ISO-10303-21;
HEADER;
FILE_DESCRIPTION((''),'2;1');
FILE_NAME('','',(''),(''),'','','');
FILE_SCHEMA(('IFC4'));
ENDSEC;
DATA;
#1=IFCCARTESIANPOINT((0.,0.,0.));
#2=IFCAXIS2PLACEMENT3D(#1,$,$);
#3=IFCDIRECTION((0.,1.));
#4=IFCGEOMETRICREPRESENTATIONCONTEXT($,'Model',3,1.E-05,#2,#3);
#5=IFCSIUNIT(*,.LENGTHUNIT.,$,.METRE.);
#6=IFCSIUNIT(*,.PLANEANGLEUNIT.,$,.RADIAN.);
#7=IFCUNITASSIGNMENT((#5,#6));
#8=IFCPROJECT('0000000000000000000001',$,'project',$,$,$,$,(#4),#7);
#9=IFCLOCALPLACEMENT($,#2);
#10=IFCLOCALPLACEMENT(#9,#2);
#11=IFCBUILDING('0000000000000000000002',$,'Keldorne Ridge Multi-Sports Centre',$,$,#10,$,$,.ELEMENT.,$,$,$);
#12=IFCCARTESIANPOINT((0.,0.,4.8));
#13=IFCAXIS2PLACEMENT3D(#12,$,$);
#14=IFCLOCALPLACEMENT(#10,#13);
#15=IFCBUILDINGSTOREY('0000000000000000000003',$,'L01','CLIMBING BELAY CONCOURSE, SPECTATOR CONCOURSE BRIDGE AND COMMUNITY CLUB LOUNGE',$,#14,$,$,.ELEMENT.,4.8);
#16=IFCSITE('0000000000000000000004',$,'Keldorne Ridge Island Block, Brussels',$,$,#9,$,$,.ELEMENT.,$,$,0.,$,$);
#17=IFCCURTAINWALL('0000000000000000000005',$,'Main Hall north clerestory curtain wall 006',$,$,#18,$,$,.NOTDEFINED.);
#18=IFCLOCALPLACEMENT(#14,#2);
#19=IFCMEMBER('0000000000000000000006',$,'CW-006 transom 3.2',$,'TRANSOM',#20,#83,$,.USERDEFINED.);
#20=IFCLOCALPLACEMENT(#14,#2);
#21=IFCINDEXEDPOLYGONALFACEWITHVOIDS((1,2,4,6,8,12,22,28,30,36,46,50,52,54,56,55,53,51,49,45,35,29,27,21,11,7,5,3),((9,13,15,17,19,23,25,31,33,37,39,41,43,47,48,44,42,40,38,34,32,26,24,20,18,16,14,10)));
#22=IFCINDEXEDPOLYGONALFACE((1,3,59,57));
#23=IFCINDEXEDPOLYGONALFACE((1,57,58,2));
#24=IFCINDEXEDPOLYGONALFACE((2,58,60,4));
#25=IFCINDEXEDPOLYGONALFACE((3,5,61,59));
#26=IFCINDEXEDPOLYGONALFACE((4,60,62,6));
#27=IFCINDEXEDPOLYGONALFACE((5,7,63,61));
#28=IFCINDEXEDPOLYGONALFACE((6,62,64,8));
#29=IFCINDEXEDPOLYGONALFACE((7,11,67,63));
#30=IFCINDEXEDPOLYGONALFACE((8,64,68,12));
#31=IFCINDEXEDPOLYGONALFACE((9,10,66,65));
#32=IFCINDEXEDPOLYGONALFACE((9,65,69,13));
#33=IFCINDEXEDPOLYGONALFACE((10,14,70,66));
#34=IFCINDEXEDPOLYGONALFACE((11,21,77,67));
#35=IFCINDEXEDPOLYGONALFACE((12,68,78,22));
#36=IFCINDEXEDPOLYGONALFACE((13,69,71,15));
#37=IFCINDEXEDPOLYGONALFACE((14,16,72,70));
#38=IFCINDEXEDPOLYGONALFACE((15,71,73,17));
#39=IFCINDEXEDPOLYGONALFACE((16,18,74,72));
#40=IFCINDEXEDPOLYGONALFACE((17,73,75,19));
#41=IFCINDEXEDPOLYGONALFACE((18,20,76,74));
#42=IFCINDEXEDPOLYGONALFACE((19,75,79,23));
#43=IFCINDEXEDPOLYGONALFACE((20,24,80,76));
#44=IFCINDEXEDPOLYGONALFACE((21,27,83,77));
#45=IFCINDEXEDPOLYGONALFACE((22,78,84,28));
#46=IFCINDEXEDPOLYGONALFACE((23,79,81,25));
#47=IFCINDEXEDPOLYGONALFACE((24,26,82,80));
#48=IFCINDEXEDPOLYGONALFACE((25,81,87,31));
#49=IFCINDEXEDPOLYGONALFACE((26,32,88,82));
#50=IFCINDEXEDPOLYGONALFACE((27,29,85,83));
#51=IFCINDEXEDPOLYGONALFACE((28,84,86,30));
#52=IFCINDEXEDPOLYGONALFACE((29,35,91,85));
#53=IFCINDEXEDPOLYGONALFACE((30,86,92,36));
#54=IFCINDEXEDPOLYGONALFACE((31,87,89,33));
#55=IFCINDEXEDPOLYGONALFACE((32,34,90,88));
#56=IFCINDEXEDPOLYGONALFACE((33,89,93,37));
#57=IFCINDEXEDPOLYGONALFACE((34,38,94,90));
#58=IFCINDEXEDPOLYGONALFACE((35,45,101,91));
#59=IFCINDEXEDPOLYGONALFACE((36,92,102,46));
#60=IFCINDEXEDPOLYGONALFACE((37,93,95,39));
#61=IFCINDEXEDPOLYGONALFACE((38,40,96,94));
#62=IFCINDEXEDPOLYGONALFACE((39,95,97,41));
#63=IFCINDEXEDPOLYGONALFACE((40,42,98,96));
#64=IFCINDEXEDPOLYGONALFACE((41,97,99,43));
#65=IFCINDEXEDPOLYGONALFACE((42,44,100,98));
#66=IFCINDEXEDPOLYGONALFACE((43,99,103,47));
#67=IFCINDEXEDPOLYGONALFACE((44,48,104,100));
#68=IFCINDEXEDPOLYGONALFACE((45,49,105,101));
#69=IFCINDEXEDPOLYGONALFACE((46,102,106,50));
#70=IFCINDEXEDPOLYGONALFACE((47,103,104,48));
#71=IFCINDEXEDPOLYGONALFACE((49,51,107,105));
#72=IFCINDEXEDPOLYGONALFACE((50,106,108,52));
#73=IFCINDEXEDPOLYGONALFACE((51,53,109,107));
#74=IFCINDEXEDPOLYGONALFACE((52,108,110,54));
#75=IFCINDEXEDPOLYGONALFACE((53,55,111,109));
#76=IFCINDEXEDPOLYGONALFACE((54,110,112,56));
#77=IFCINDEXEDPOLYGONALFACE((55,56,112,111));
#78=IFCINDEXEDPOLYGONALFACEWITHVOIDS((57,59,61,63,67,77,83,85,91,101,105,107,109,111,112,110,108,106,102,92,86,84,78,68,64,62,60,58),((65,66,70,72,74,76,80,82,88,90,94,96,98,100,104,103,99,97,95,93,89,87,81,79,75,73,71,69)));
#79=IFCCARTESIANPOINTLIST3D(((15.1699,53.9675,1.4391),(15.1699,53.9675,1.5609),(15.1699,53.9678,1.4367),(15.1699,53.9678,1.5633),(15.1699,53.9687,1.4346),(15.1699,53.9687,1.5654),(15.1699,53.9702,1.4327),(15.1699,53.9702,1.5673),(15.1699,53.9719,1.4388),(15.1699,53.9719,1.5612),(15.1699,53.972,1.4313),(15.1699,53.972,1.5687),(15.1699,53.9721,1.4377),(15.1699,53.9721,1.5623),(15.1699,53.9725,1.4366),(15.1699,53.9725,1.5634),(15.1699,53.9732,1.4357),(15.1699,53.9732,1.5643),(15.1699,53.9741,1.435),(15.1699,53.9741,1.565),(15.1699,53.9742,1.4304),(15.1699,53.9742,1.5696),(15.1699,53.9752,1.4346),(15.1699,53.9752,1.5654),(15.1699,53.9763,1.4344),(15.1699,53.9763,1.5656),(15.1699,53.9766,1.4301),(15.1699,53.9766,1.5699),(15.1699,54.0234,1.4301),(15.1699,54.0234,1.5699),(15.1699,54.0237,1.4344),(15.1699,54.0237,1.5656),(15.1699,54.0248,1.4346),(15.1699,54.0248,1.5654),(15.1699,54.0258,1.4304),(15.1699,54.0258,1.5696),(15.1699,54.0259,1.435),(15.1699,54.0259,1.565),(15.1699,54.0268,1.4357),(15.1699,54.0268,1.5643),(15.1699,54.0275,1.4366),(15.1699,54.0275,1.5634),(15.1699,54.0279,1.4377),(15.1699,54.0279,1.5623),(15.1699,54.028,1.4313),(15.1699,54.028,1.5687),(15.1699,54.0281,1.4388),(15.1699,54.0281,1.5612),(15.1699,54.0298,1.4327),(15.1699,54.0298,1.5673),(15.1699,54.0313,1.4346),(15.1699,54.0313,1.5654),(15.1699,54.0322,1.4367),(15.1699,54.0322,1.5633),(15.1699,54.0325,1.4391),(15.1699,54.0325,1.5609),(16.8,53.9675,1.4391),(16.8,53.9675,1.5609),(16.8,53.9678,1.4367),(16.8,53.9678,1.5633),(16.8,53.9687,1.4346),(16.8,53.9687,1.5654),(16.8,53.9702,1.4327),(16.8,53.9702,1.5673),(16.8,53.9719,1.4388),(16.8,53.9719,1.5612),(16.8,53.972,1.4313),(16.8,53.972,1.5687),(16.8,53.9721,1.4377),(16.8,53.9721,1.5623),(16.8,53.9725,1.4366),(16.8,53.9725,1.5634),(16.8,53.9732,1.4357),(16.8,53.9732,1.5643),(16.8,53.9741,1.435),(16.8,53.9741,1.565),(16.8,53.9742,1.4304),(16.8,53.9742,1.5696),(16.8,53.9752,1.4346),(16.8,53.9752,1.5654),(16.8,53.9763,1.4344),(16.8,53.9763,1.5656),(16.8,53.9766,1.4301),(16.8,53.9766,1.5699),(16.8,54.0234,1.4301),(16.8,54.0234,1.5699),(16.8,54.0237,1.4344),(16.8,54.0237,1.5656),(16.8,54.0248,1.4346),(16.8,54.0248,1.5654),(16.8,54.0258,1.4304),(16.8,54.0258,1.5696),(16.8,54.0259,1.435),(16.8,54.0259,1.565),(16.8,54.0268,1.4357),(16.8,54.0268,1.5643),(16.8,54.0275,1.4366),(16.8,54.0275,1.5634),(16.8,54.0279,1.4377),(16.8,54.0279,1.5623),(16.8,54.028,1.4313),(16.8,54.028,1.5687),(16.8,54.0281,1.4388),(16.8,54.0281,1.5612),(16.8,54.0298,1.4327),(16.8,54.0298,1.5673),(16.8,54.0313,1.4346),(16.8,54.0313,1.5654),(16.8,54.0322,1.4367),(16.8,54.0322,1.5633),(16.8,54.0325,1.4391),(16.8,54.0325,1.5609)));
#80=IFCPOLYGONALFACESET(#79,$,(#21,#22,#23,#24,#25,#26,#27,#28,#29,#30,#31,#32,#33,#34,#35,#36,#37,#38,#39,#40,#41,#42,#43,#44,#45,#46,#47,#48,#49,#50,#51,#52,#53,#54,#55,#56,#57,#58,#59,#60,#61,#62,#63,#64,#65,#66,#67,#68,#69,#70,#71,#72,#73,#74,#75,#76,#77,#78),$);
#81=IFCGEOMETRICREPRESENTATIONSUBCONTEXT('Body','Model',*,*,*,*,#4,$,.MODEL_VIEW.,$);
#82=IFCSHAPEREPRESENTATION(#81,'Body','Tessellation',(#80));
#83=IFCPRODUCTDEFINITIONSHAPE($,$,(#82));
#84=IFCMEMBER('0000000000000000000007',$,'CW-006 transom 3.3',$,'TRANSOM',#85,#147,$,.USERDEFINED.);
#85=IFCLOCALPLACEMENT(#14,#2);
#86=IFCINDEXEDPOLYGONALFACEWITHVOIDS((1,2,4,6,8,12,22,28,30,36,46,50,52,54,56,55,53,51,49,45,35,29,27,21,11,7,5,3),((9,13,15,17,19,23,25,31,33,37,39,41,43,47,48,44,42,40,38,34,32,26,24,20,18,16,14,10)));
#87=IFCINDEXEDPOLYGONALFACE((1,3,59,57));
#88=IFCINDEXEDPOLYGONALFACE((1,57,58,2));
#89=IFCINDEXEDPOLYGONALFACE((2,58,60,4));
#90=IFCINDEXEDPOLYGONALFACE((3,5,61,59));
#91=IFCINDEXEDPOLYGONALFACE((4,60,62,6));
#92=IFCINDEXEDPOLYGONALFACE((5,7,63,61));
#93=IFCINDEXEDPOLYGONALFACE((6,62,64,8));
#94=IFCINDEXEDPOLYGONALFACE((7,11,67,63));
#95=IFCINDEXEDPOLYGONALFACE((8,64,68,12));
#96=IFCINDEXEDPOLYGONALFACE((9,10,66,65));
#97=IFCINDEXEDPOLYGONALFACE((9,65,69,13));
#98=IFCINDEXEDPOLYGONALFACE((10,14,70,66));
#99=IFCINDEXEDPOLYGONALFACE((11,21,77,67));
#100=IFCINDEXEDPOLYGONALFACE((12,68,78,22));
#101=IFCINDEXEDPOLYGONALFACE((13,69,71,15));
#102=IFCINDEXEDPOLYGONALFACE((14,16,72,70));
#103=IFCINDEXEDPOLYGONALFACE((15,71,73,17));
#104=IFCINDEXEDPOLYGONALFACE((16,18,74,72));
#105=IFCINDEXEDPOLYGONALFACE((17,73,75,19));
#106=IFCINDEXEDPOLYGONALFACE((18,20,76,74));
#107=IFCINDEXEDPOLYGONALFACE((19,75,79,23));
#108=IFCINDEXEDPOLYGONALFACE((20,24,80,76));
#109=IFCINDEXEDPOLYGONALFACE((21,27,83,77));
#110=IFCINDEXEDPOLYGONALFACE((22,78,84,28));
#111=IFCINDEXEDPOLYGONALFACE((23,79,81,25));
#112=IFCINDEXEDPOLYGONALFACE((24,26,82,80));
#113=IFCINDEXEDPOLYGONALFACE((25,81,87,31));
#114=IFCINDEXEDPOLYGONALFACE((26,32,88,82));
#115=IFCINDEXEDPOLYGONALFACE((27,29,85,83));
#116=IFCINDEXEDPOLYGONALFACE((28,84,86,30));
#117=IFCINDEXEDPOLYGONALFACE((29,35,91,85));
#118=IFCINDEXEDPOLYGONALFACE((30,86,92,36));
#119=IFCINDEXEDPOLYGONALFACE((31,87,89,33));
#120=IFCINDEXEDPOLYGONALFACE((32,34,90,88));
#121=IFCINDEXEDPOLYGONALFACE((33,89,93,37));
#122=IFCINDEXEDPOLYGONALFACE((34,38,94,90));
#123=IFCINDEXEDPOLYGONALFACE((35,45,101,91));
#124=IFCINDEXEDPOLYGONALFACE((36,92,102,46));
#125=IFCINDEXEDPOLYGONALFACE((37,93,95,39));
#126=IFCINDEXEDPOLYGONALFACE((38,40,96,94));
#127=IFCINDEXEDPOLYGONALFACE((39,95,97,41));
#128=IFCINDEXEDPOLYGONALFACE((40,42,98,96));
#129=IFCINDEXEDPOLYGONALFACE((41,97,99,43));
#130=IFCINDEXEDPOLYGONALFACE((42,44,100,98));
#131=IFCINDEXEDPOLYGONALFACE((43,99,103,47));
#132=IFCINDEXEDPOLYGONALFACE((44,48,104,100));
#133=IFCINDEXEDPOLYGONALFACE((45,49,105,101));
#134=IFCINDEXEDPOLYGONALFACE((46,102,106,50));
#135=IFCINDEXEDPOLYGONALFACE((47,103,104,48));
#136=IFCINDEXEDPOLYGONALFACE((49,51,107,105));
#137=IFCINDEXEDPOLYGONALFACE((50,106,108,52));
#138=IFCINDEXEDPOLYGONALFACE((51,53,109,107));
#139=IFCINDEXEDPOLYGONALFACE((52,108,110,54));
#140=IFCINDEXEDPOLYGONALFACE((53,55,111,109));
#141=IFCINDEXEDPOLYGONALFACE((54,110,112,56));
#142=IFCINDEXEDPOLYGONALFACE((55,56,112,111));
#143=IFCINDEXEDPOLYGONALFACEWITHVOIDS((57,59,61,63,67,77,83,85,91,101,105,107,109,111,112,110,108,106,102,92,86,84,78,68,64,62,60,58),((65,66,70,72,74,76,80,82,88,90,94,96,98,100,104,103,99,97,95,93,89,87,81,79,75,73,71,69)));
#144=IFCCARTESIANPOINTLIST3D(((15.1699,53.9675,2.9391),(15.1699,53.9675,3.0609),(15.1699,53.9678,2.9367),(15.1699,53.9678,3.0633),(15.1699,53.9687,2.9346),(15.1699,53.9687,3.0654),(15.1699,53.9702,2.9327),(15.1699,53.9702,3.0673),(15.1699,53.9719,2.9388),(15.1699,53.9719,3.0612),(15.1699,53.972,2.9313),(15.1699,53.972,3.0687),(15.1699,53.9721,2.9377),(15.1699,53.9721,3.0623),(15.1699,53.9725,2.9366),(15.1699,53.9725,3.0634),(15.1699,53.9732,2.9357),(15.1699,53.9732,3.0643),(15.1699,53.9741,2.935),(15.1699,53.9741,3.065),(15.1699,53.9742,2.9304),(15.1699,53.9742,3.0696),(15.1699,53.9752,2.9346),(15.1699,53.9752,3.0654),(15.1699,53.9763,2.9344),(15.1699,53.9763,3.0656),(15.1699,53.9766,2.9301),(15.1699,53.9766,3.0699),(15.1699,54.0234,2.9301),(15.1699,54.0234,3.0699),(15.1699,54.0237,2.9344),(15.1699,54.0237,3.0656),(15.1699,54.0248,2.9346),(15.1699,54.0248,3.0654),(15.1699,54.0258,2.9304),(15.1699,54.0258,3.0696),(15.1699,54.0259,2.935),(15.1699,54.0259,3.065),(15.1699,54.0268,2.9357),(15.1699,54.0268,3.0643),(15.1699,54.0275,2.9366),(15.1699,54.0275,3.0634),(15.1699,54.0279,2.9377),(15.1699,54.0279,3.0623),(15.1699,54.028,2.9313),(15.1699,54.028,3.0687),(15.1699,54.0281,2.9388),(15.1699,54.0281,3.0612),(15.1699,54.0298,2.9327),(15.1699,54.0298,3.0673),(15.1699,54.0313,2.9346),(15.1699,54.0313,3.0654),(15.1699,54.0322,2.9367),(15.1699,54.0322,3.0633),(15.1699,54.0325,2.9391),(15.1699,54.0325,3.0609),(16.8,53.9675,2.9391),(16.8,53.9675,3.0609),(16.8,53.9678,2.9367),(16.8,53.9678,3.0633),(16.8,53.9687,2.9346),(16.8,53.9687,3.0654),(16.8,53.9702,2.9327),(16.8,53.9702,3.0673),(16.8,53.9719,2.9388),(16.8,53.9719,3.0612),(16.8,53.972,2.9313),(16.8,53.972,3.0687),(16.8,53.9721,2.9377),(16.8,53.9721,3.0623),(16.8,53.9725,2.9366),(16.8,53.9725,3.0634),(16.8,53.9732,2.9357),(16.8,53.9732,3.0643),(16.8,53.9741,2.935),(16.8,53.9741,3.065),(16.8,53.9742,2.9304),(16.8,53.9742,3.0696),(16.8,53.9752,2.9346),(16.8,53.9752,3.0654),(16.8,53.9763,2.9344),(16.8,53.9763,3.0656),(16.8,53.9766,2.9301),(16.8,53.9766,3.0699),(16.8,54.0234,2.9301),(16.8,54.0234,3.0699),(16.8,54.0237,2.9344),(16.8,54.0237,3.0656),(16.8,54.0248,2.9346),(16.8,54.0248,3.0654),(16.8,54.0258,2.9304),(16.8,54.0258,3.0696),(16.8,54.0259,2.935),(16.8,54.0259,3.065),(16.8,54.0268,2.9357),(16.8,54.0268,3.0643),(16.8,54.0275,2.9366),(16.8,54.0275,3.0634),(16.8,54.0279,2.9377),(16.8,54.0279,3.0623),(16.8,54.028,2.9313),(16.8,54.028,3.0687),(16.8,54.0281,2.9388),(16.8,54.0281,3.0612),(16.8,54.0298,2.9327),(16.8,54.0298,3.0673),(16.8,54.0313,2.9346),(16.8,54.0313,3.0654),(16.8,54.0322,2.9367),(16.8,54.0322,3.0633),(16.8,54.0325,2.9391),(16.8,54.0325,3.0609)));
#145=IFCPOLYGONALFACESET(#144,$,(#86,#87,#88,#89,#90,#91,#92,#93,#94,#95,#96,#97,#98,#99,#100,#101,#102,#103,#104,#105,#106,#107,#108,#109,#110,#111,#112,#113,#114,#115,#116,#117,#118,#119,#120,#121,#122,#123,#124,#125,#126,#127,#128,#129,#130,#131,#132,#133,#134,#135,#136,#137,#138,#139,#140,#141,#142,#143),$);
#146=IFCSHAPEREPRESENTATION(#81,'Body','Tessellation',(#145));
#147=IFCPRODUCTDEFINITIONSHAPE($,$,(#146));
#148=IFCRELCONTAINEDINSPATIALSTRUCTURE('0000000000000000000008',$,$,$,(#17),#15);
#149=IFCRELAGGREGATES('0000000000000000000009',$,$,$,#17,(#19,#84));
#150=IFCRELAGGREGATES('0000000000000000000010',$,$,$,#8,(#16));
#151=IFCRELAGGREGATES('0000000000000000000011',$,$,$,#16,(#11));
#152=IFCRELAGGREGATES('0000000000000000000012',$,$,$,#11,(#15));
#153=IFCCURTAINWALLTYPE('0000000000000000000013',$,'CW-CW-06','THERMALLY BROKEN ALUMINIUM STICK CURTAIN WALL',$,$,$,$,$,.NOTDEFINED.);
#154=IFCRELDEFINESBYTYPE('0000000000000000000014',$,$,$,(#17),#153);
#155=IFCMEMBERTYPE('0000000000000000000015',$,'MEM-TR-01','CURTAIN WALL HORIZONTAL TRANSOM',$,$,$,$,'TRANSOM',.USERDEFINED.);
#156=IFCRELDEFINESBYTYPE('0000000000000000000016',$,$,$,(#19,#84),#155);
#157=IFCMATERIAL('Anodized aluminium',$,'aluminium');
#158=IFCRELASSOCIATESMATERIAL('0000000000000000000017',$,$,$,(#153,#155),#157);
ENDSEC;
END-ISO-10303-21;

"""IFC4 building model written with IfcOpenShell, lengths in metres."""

from ifc_helpers import new_model, si_unit, direction, frame, origin, origin_2d, place, context, subcontext, project, spatial, hollow_rectangle, extrude, material, material_profile, profile_set, type_object, element, aggregate, save


model = new_model("IFC4")

# Units and contexts
model_context = context("Model", 3, precision=1e-05, world=origin(), true_north=direction((0.0, 1.0)))
body_context = subcontext(model_context, "Body", "Model", "MODEL_VIEW")
ifc_project = project(units=[si_unit("LENGTHUNIT", "METRE"), si_unit("PLANEANGLEUNIT", "RADIAN")], contexts=[model_context])

# Site, building, storey
site_placement = place(None, origin())
site = spatial("IfcSite", under=ifc_project, at=site_placement, Name="Keldorne Ridge Island Block, Brussels", CompositionType="ELEMENT", RefElevation=0.0)
building_placement = place(site_placement, origin())
building = spatial("IfcBuilding", under=site, at=building_placement, Name="Keldorne Ridge Multi-Sports Centre", CompositionType="ELEMENT")
storey_placement = place(building_placement, frame((0.0, 0.0, 4.8)))
storey = spatial("IfcBuildingStorey", under=building, at=storey_placement, Name="L01", Description="CLIMBING BELAY CONCOURSE, SPECTATOR CONCOURSE BRIDGE AND COMMUNITY CLUB LOUNGE", CompositionType="ELEMENT", Elevation=4.8)

# Shared definitions
ifc_material_1 = material(Name="Anodized aluminium", Category="aluminium")

# Curtain wall
curtain_wall_type_1 = type_object("IfcCurtainWallType", Name="CW-CW-06", Description="THERMALLY BROKEN ALUMINIUM STICK CURTAIN WALL", PredefinedType="NOTDEFINED", material=ifc_material_1)
curtain_wall_1_placement = place(storey_placement, origin())
curtain_wall_1 = element("IfcCurtainWall", 1, at=curtain_wall_1_placement, inside=storey, type_object=curtain_wall_type_1, Name="Main Hall north clerestory curtain wall 006", PredefinedType="NOTDEFINED")

# Members
ifc_material_profile_1 = material_profile(ifc_material_1, hollow_rectangle(XDim=0.0649, YDim=0.1399, WallThickness=0.0044, InnerFilletRadius=0.0044, OuterFilletRadius=0.009, at=origin_2d()), Name="ALU TRANSOM 140x65x4.5")
ifc_profile_set_1 = profile_set([ifc_material_profile_1], Name="Anodized aluminium")
member_type_1 = type_object("IfcMemberType", Name="MEM-TR-01", Description="CURTAIN WALL HORIZONTAL TRANSOM", ElementType="TRANSOM", PredefinedType="USERDEFINED", material=ifc_profile_set_1)
member_1_placement = place(storey_placement, frame((16.8, 54.0, 1.5), z_axis=(-1.0, 0.0, 0.0), x_axis=(0.0, -1.0, 0.0)))
member_1 = element("IfcMember", 2, at=member_1_placement, type_object=member_type_1, Name="CW-006 transom 3.2", ObjectType="TRANSOM", PredefinedType="USERDEFINED", context=body_context, shape_type="SweptSolid", body=[
    extrude(hollow_rectangle(XDim=0.0649, YDim=0.1399, WallThickness=0.0044, InnerFilletRadius=0.0044, OuterFilletRadius=0.009, at=origin_2d()), origin(), (0.0, 0.0, 1.0), 1.6301),
])
member_2_placement = place(storey_placement, frame((16.8, 54.0, 3.0), z_axis=(-1.0, 0.0, 0.0), x_axis=(0.0, -1.0, 0.0)))
member_2 = element("IfcMember", 3, at=member_2_placement, type_object=member_type_1, Name="CW-006 transom 3.3", ObjectType="TRANSOM", PredefinedType="USERDEFINED", context=body_context, shape_type="SweptSolid", body=[
    extrude(hollow_rectangle(XDim=0.0649, YDim=0.1399, WallThickness=0.0044, InnerFilletRadius=0.0044, OuterFilletRadius=0.009, at=origin_2d()), origin(), (0.0, 0.0, 1.0), 1.6301),
])

aggregate(curtain_wall_1, [member_1, member_2])

save(model, "model.ifc")
